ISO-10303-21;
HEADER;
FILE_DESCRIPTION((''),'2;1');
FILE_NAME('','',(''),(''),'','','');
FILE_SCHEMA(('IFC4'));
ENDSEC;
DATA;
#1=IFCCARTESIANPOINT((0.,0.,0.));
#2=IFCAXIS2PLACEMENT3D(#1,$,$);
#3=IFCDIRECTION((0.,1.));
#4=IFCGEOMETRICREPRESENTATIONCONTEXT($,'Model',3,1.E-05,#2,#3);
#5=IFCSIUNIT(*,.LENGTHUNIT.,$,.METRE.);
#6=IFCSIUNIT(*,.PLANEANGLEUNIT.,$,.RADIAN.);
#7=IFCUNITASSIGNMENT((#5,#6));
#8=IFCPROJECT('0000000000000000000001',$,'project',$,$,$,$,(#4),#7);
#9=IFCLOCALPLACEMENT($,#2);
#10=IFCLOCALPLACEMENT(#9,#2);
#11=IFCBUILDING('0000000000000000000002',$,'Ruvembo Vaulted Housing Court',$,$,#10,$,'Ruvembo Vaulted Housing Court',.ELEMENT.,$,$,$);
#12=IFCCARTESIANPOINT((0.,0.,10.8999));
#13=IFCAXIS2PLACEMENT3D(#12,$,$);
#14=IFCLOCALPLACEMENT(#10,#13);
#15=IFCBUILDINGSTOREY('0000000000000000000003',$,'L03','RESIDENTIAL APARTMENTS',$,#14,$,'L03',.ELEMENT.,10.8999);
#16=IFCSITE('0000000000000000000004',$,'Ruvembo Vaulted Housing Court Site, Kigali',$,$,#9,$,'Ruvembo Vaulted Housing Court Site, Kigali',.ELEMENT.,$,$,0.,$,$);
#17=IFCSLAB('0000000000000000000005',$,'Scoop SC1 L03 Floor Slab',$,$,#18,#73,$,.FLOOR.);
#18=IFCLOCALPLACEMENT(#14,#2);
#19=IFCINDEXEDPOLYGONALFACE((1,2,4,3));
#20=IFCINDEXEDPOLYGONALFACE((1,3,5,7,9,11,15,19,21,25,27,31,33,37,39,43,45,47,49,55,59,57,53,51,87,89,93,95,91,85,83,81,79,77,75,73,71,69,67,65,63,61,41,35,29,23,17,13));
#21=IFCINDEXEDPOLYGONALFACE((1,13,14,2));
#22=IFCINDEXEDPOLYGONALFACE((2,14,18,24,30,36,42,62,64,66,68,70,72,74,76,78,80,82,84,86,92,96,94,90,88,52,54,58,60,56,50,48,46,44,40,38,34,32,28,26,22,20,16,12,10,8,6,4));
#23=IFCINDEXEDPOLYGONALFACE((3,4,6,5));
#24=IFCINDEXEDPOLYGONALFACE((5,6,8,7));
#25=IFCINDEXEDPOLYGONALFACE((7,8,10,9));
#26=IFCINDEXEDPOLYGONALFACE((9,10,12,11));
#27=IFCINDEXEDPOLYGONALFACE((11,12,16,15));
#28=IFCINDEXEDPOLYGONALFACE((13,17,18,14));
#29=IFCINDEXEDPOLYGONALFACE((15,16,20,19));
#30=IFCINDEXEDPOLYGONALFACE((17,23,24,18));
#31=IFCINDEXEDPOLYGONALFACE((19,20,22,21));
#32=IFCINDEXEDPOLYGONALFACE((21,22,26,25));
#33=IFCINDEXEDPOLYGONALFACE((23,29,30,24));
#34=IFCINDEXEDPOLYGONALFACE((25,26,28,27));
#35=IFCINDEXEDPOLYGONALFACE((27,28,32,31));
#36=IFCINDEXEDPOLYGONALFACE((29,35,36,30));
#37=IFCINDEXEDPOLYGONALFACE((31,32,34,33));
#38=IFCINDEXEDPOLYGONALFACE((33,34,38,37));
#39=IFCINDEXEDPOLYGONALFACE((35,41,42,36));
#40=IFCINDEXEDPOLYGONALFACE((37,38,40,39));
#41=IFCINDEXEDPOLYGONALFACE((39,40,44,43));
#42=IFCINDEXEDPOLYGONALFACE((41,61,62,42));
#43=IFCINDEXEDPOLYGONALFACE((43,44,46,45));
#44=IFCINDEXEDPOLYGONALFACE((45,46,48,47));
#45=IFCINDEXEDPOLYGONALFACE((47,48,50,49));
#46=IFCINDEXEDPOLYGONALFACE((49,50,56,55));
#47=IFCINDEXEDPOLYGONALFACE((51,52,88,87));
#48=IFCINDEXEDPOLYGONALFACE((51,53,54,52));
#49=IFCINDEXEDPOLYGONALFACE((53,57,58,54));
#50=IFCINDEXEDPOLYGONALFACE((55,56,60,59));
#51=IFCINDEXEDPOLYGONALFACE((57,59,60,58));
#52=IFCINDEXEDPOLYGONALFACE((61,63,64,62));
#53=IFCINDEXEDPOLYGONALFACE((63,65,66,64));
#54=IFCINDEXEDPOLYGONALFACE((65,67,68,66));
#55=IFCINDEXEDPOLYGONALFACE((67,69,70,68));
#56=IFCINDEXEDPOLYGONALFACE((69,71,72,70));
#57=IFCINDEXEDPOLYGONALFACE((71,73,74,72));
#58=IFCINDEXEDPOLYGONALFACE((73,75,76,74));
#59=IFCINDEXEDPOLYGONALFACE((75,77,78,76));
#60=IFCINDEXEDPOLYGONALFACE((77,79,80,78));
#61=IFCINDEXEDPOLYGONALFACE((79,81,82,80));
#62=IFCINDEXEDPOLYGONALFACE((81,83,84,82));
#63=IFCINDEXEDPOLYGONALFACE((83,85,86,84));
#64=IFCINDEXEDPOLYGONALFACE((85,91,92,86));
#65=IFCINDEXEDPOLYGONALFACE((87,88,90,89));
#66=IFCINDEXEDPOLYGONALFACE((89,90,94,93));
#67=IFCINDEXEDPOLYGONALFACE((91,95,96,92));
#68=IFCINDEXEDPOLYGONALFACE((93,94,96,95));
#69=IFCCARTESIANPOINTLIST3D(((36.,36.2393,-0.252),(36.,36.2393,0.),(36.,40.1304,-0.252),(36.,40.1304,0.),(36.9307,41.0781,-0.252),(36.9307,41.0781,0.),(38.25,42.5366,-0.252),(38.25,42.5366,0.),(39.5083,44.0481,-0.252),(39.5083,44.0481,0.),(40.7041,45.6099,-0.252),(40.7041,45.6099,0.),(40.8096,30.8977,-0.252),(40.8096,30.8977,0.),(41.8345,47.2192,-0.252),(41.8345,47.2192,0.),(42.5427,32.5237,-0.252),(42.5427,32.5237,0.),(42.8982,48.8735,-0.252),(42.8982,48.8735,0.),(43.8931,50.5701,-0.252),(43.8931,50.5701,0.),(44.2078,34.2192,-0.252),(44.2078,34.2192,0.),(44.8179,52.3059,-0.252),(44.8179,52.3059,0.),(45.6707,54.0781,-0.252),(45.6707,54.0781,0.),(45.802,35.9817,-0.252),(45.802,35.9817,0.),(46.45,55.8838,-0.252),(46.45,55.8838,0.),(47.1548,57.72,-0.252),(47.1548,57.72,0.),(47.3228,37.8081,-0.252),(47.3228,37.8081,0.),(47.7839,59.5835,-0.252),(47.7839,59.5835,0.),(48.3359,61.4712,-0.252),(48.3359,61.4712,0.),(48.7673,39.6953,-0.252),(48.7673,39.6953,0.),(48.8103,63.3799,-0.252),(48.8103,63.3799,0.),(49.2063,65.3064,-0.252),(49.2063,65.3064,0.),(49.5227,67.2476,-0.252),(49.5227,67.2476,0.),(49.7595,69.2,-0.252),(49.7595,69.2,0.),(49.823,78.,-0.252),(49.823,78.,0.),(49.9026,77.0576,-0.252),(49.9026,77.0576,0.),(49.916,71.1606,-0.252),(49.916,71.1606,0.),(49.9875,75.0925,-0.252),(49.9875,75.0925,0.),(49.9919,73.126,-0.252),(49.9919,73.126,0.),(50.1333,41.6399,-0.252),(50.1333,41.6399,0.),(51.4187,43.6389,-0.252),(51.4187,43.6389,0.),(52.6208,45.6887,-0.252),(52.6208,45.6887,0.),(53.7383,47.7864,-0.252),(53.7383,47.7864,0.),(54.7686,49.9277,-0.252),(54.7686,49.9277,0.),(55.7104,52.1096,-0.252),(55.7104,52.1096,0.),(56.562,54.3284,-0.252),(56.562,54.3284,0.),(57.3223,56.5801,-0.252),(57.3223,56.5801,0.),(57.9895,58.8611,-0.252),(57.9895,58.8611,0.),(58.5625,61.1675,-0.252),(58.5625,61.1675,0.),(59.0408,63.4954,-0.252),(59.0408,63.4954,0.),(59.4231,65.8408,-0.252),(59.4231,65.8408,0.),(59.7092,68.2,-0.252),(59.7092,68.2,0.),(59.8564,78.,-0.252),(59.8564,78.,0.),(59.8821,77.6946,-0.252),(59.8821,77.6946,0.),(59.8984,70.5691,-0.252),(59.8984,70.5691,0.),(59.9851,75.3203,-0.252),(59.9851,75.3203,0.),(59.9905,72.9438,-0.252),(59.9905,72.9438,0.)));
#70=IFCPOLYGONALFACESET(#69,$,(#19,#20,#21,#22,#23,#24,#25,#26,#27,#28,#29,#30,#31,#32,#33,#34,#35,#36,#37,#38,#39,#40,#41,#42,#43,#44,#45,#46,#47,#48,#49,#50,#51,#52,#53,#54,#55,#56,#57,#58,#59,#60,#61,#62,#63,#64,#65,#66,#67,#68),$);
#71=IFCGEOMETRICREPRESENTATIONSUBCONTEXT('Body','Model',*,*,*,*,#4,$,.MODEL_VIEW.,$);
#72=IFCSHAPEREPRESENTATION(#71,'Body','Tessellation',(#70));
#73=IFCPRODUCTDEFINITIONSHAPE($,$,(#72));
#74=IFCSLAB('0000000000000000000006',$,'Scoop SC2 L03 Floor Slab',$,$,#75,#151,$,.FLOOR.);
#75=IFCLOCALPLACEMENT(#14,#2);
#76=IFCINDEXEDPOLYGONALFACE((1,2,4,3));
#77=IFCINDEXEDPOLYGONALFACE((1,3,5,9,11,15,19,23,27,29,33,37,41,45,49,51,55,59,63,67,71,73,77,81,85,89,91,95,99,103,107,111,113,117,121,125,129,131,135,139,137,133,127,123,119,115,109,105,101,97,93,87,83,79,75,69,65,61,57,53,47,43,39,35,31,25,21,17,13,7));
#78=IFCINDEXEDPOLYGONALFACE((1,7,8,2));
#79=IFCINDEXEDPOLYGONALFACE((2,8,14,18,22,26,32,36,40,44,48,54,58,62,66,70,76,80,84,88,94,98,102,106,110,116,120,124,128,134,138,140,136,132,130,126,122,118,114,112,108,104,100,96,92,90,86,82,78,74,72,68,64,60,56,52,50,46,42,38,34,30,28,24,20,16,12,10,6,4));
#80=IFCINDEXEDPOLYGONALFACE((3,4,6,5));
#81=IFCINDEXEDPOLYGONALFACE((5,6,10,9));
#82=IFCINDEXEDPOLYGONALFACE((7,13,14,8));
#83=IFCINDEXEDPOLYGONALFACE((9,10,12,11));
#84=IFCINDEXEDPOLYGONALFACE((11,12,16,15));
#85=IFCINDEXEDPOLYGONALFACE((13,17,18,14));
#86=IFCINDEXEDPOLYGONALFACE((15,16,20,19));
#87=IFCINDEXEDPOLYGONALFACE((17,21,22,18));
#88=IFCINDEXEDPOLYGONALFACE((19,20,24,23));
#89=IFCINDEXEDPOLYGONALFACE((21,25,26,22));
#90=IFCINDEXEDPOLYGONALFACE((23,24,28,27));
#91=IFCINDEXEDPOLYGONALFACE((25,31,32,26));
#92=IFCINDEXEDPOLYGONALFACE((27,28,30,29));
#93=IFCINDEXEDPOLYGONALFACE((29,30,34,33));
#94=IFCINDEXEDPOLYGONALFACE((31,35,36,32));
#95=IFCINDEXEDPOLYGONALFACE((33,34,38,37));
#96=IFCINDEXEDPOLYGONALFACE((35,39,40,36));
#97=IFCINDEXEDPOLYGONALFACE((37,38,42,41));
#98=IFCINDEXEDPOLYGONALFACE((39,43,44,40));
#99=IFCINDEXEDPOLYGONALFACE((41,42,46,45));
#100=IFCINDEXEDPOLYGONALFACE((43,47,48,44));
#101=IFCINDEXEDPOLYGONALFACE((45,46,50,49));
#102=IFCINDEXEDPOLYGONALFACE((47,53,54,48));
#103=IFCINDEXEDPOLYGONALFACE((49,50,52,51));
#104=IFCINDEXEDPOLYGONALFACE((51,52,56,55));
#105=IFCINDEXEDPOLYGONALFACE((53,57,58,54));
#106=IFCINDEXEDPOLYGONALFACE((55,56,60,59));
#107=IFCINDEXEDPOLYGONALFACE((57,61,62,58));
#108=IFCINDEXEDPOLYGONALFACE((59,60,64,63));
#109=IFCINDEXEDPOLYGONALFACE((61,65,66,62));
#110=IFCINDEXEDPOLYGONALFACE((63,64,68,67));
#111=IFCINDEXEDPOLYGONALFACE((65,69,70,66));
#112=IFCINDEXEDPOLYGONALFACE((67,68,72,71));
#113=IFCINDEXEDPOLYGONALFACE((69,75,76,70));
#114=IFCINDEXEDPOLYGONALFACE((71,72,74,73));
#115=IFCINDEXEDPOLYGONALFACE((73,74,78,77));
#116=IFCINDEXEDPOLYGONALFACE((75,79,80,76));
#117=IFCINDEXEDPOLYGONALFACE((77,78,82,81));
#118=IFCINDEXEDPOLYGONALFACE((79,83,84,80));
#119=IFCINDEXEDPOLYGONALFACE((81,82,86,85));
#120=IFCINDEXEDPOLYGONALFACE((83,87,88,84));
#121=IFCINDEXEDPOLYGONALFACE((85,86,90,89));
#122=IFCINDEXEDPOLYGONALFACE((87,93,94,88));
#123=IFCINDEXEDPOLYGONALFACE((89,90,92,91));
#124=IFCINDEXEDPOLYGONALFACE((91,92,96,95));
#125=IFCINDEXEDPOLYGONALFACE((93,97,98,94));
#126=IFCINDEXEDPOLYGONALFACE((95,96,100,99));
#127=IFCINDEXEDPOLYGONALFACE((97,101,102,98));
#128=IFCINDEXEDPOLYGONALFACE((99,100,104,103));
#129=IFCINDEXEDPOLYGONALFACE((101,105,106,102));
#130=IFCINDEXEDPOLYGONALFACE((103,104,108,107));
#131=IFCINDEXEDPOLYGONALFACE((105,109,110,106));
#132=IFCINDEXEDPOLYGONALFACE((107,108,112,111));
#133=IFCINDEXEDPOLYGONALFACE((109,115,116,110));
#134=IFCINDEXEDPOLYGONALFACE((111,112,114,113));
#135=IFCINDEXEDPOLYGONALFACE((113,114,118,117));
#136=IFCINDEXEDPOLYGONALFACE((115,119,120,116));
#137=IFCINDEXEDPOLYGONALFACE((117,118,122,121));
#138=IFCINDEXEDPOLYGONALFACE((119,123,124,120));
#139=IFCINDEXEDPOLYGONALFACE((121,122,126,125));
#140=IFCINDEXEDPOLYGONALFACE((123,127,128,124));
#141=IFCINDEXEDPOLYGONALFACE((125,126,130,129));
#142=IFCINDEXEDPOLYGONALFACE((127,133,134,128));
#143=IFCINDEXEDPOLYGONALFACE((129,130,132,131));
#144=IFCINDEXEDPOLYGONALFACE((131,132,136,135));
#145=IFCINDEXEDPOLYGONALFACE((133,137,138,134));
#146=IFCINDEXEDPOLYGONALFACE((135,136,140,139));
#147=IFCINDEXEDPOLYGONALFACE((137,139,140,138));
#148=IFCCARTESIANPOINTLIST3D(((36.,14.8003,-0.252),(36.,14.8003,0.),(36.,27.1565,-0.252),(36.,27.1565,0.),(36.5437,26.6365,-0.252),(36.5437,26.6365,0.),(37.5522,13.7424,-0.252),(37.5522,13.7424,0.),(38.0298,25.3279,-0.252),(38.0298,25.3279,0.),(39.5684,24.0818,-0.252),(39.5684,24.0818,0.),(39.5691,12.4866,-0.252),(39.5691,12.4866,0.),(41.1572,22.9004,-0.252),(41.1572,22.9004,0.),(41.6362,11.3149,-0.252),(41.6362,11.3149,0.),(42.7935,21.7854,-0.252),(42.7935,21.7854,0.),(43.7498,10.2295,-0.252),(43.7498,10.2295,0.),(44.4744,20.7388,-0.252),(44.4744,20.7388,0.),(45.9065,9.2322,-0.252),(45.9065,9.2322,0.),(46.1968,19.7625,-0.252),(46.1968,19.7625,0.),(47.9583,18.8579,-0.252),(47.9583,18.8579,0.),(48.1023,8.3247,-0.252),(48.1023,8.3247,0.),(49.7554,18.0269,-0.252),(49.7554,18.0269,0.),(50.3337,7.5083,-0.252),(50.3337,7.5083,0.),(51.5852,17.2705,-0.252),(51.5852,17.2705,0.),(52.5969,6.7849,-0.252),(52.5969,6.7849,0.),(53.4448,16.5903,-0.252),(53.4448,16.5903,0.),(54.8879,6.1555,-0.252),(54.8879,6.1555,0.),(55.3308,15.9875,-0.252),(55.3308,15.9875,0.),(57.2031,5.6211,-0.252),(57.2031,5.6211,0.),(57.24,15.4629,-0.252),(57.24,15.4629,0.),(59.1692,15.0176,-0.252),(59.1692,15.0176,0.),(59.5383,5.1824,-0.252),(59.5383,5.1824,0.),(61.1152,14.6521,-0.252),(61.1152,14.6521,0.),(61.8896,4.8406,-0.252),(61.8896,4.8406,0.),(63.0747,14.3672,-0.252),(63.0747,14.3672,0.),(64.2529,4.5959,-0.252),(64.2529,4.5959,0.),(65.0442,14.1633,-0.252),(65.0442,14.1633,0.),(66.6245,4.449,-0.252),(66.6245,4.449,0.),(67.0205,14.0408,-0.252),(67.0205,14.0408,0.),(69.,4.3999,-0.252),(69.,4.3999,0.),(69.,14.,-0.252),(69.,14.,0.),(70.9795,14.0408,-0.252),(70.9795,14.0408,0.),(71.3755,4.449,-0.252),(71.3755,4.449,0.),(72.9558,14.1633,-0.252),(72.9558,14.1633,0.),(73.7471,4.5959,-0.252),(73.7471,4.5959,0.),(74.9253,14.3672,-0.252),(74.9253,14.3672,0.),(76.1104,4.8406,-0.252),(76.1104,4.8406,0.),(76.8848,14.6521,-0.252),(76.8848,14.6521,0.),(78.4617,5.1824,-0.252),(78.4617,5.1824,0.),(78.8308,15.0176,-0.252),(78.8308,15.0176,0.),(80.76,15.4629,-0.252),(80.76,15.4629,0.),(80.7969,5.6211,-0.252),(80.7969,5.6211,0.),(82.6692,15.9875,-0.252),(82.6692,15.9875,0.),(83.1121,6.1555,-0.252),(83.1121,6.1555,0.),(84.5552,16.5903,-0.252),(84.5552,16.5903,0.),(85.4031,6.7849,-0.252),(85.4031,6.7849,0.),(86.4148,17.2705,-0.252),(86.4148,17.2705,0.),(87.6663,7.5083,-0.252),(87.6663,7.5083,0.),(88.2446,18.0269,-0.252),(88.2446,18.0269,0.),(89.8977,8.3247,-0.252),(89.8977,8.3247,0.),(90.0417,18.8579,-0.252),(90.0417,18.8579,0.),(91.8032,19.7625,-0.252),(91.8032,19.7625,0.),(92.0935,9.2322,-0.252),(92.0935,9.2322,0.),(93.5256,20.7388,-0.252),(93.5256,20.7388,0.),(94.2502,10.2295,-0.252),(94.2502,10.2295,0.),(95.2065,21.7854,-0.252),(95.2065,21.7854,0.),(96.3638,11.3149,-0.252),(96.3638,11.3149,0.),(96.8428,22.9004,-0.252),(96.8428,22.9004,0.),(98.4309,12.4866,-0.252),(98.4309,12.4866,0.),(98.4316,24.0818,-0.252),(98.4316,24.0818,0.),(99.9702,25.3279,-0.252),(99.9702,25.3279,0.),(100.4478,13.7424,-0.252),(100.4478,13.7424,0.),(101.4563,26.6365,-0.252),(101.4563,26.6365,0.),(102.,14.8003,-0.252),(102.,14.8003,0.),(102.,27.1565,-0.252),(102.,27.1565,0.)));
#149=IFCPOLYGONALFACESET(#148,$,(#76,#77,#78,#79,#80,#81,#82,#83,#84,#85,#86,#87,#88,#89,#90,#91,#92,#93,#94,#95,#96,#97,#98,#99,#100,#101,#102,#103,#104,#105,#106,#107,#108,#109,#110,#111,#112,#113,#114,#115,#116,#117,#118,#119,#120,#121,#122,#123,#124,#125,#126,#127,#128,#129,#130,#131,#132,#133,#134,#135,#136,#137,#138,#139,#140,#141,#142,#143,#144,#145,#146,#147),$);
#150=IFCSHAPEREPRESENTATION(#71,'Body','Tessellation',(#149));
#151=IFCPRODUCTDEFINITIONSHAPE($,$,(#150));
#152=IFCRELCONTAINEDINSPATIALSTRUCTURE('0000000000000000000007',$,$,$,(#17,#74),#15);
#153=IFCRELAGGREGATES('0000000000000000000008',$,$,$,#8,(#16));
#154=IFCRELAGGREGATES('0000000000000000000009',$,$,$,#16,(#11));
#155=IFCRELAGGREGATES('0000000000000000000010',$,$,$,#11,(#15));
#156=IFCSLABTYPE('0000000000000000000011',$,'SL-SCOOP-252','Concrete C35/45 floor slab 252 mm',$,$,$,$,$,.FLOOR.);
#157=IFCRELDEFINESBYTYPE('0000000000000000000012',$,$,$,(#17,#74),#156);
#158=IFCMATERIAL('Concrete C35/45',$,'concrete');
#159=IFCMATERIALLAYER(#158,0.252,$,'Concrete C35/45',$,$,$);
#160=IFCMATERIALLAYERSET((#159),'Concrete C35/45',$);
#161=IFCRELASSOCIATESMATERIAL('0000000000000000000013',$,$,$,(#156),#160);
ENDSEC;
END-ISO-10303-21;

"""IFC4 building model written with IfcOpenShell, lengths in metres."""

from ifc_helpers import new_model, si_unit, direction, frame, origin, place, context, subcontext, project, spatial, polyline, outline, extrude, material, layer, layer_set, type_object, element, save


model = new_model("IFC4")

# Units and contexts
model_context = context("Model", 3, precision=1e-05, world=origin(), true_north=direction((0.0, 1.0)))
body_context = subcontext(model_context, "Body", "Model", "MODEL_VIEW")
ifc_project = project(units=[si_unit("LENGTHUNIT", "METRE"), si_unit("PLANEANGLEUNIT", "RADIAN")], contexts=[model_context])

# Site, building, storey
site_placement = place(None, origin())
site = spatial("IfcSite", under=ifc_project, at=site_placement, Name="Ruvembo Vaulted Housing Court Site, Kigali", LongName="Ruvembo Vaulted Housing Court Site, Kigali", CompositionType="ELEMENT", RefElevation=0.0)
building_placement = place(site_placement, origin())
building = spatial("IfcBuilding", under=site, at=building_placement, Name="Ruvembo Vaulted Housing Court", LongName="Ruvembo Vaulted Housing Court", CompositionType="ELEMENT")
storey_placement = place(building_placement, frame((0.0, 0.0, 10.8999)))
storey = spatial("IfcBuildingStorey", under=building, at=storey_placement, Name="L03", Description="RESIDENTIAL APARTMENTS", LongName="L03", CompositionType="ELEMENT", Elevation=10.8999)

# Shared definitions
ifc_material_1 = material(Name="Concrete C35/45", Category="concrete")

# Slabs
ifc_layer_1 = layer(ifc_material_1, 0.252, Name="Concrete C35/45")
ifc_layer_set_1 = layer_set([ifc_layer_1], Name="Concrete C35/45")
slab_type_1 = type_object("IfcSlabType", Name="SL-SCOOP-252", Description="Concrete C35/45 floor slab 252 mm", PredefinedType="FLOOR", material=ifc_layer_set_1)
slab_1_placement = place(storey_placement, frame((0.0, 0.0, -0.252)))
element("IfcSlab", 1, at=slab_1_placement, inside=storey, type_object=slab_type_1, Name="Scoop SC1 L03 Floor Slab", PredefinedType="FLOOR", context=body_context, shape_type="SweptSolid", body=[
    extrude(outline(polyline([(36.0, 40.1304), (36.0, 36.2393), (40.8096, 30.8977), (42.5427, 32.5237), (44.2078, 34.2192), (45.802, 35.9817), (47.3228, 37.8081), (48.7673, 39.6953), (50.1333, 41.6399), (51.4187, 43.6389), (52.6208, 45.6887), (53.7383, 47.7864), (54.7686, 49.9277), (55.7104, 52.1096), (56.562, 54.3284), (57.3223, 56.5801), (57.9895, 58.8611), (58.5625, 61.1675), (59.0408, 63.4954), (59.4231, 65.8408), (59.7092, 68.2), (59.8984, 70.5691), (59.9905, 72.9438), (59.9851, 75.3203), (59.8821, 77.6946), (59.8564, 78.0), (49.823, 78.0), (49.9026, 77.0576), (49.9875, 75.0925), (49.9919, 73.126), (49.916, 71.1606), (49.7595, 69.2), (49.5227, 67.2476), (49.2063, 65.3064), (48.8103, 63.3799), (48.3359, 61.4712), (47.7839, 59.5835), (47.1548, 57.72), (46.45, 55.8838), (45.6707, 54.0781), (44.8179, 52.3059), (43.8931, 50.5701), (42.8982, 48.8735), (41.8345, 47.2192), (40.7041, 45.6099), (39.5083, 44.0481), (38.25, 42.5366), (36.9307, 41.0781), (36.0, 40.1304)])), origin(), (0.0, 0.0, 1.0), 0.252),
])
slab_2_placement = place(storey_placement, frame((0.0, 0.0, -0.252)))
element("IfcSlab", 2, at=slab_2_placement, inside=storey, type_object=slab_type_1, Name="Scoop SC2 L03 Floor Slab", PredefinedType="FLOOR", context=body_context, shape_type="SweptSolid", body=[
    extrude(outline(polyline([(36.0, 27.1565), (36.0, 14.8003), (37.5522, 13.7424), (39.5691, 12.4866), (41.6362, 11.3149), (43.7498, 10.2295), (45.9065, 9.2322), (48.1023, 8.3247), (50.3337, 7.5083), (52.5969, 6.7849), (54.8879, 6.1555), (57.2031, 5.6211), (59.5383, 5.1824), (61.8896, 4.8406), (64.2529, 4.5959), (66.6245, 4.449), (69.0, 4.3999), (71.3755, 4.449), (73.7471, 4.5959), (76.1104, 4.8406), (78.4617, 5.1824), (80.7969, 5.6211), (83.1121, 6.1555), (85.4031, 6.7849), (87.6663, 7.5083), (89.8977, 8.3247), (92.0935, 9.2322), (94.2502, 10.2295), (96.3638, 11.3149), (98.4309, 12.4866), (100.4478, 13.7424), (102.0, 14.8003), (102.0, 27.1565), (101.4563, 26.6365), (99.9702, 25.3279), (98.4316, 24.0818), (96.8428, 22.9004), (95.2065, 21.7854), (93.5256, 20.7388), (91.8032, 19.7625), (90.0417, 18.8579), (88.2446, 18.0269), (86.4148, 17.2705), (84.5552, 16.5903), (82.6692, 15.9875), (80.76, 15.4629), (78.8308, 15.0176), (76.8848, 14.6521), (74.9253, 14.3672), (72.9558, 14.1633), (70.9795, 14.0408), (69.0, 14.0), (67.0205, 14.0408), (65.0442, 14.1633), (63.0747, 14.3672), (61.1152, 14.6521), (59.1692, 15.0176), (57.24, 15.4629), (55.3308, 15.9875), (53.4448, 16.5903), (51.5852, 17.2705), (49.7554, 18.0269), (47.9583, 18.8579), (46.1968, 19.7625), (44.4744, 20.7388), (42.7935, 21.7854), (41.1572, 22.9004), (39.5684, 24.0818), (38.0298, 25.3279), (36.5437, 26.6365), (36.0, 27.1565)])), origin(), (0.0, 0.0, 1.0), 0.252),
])

save(model, "model.ifc")
